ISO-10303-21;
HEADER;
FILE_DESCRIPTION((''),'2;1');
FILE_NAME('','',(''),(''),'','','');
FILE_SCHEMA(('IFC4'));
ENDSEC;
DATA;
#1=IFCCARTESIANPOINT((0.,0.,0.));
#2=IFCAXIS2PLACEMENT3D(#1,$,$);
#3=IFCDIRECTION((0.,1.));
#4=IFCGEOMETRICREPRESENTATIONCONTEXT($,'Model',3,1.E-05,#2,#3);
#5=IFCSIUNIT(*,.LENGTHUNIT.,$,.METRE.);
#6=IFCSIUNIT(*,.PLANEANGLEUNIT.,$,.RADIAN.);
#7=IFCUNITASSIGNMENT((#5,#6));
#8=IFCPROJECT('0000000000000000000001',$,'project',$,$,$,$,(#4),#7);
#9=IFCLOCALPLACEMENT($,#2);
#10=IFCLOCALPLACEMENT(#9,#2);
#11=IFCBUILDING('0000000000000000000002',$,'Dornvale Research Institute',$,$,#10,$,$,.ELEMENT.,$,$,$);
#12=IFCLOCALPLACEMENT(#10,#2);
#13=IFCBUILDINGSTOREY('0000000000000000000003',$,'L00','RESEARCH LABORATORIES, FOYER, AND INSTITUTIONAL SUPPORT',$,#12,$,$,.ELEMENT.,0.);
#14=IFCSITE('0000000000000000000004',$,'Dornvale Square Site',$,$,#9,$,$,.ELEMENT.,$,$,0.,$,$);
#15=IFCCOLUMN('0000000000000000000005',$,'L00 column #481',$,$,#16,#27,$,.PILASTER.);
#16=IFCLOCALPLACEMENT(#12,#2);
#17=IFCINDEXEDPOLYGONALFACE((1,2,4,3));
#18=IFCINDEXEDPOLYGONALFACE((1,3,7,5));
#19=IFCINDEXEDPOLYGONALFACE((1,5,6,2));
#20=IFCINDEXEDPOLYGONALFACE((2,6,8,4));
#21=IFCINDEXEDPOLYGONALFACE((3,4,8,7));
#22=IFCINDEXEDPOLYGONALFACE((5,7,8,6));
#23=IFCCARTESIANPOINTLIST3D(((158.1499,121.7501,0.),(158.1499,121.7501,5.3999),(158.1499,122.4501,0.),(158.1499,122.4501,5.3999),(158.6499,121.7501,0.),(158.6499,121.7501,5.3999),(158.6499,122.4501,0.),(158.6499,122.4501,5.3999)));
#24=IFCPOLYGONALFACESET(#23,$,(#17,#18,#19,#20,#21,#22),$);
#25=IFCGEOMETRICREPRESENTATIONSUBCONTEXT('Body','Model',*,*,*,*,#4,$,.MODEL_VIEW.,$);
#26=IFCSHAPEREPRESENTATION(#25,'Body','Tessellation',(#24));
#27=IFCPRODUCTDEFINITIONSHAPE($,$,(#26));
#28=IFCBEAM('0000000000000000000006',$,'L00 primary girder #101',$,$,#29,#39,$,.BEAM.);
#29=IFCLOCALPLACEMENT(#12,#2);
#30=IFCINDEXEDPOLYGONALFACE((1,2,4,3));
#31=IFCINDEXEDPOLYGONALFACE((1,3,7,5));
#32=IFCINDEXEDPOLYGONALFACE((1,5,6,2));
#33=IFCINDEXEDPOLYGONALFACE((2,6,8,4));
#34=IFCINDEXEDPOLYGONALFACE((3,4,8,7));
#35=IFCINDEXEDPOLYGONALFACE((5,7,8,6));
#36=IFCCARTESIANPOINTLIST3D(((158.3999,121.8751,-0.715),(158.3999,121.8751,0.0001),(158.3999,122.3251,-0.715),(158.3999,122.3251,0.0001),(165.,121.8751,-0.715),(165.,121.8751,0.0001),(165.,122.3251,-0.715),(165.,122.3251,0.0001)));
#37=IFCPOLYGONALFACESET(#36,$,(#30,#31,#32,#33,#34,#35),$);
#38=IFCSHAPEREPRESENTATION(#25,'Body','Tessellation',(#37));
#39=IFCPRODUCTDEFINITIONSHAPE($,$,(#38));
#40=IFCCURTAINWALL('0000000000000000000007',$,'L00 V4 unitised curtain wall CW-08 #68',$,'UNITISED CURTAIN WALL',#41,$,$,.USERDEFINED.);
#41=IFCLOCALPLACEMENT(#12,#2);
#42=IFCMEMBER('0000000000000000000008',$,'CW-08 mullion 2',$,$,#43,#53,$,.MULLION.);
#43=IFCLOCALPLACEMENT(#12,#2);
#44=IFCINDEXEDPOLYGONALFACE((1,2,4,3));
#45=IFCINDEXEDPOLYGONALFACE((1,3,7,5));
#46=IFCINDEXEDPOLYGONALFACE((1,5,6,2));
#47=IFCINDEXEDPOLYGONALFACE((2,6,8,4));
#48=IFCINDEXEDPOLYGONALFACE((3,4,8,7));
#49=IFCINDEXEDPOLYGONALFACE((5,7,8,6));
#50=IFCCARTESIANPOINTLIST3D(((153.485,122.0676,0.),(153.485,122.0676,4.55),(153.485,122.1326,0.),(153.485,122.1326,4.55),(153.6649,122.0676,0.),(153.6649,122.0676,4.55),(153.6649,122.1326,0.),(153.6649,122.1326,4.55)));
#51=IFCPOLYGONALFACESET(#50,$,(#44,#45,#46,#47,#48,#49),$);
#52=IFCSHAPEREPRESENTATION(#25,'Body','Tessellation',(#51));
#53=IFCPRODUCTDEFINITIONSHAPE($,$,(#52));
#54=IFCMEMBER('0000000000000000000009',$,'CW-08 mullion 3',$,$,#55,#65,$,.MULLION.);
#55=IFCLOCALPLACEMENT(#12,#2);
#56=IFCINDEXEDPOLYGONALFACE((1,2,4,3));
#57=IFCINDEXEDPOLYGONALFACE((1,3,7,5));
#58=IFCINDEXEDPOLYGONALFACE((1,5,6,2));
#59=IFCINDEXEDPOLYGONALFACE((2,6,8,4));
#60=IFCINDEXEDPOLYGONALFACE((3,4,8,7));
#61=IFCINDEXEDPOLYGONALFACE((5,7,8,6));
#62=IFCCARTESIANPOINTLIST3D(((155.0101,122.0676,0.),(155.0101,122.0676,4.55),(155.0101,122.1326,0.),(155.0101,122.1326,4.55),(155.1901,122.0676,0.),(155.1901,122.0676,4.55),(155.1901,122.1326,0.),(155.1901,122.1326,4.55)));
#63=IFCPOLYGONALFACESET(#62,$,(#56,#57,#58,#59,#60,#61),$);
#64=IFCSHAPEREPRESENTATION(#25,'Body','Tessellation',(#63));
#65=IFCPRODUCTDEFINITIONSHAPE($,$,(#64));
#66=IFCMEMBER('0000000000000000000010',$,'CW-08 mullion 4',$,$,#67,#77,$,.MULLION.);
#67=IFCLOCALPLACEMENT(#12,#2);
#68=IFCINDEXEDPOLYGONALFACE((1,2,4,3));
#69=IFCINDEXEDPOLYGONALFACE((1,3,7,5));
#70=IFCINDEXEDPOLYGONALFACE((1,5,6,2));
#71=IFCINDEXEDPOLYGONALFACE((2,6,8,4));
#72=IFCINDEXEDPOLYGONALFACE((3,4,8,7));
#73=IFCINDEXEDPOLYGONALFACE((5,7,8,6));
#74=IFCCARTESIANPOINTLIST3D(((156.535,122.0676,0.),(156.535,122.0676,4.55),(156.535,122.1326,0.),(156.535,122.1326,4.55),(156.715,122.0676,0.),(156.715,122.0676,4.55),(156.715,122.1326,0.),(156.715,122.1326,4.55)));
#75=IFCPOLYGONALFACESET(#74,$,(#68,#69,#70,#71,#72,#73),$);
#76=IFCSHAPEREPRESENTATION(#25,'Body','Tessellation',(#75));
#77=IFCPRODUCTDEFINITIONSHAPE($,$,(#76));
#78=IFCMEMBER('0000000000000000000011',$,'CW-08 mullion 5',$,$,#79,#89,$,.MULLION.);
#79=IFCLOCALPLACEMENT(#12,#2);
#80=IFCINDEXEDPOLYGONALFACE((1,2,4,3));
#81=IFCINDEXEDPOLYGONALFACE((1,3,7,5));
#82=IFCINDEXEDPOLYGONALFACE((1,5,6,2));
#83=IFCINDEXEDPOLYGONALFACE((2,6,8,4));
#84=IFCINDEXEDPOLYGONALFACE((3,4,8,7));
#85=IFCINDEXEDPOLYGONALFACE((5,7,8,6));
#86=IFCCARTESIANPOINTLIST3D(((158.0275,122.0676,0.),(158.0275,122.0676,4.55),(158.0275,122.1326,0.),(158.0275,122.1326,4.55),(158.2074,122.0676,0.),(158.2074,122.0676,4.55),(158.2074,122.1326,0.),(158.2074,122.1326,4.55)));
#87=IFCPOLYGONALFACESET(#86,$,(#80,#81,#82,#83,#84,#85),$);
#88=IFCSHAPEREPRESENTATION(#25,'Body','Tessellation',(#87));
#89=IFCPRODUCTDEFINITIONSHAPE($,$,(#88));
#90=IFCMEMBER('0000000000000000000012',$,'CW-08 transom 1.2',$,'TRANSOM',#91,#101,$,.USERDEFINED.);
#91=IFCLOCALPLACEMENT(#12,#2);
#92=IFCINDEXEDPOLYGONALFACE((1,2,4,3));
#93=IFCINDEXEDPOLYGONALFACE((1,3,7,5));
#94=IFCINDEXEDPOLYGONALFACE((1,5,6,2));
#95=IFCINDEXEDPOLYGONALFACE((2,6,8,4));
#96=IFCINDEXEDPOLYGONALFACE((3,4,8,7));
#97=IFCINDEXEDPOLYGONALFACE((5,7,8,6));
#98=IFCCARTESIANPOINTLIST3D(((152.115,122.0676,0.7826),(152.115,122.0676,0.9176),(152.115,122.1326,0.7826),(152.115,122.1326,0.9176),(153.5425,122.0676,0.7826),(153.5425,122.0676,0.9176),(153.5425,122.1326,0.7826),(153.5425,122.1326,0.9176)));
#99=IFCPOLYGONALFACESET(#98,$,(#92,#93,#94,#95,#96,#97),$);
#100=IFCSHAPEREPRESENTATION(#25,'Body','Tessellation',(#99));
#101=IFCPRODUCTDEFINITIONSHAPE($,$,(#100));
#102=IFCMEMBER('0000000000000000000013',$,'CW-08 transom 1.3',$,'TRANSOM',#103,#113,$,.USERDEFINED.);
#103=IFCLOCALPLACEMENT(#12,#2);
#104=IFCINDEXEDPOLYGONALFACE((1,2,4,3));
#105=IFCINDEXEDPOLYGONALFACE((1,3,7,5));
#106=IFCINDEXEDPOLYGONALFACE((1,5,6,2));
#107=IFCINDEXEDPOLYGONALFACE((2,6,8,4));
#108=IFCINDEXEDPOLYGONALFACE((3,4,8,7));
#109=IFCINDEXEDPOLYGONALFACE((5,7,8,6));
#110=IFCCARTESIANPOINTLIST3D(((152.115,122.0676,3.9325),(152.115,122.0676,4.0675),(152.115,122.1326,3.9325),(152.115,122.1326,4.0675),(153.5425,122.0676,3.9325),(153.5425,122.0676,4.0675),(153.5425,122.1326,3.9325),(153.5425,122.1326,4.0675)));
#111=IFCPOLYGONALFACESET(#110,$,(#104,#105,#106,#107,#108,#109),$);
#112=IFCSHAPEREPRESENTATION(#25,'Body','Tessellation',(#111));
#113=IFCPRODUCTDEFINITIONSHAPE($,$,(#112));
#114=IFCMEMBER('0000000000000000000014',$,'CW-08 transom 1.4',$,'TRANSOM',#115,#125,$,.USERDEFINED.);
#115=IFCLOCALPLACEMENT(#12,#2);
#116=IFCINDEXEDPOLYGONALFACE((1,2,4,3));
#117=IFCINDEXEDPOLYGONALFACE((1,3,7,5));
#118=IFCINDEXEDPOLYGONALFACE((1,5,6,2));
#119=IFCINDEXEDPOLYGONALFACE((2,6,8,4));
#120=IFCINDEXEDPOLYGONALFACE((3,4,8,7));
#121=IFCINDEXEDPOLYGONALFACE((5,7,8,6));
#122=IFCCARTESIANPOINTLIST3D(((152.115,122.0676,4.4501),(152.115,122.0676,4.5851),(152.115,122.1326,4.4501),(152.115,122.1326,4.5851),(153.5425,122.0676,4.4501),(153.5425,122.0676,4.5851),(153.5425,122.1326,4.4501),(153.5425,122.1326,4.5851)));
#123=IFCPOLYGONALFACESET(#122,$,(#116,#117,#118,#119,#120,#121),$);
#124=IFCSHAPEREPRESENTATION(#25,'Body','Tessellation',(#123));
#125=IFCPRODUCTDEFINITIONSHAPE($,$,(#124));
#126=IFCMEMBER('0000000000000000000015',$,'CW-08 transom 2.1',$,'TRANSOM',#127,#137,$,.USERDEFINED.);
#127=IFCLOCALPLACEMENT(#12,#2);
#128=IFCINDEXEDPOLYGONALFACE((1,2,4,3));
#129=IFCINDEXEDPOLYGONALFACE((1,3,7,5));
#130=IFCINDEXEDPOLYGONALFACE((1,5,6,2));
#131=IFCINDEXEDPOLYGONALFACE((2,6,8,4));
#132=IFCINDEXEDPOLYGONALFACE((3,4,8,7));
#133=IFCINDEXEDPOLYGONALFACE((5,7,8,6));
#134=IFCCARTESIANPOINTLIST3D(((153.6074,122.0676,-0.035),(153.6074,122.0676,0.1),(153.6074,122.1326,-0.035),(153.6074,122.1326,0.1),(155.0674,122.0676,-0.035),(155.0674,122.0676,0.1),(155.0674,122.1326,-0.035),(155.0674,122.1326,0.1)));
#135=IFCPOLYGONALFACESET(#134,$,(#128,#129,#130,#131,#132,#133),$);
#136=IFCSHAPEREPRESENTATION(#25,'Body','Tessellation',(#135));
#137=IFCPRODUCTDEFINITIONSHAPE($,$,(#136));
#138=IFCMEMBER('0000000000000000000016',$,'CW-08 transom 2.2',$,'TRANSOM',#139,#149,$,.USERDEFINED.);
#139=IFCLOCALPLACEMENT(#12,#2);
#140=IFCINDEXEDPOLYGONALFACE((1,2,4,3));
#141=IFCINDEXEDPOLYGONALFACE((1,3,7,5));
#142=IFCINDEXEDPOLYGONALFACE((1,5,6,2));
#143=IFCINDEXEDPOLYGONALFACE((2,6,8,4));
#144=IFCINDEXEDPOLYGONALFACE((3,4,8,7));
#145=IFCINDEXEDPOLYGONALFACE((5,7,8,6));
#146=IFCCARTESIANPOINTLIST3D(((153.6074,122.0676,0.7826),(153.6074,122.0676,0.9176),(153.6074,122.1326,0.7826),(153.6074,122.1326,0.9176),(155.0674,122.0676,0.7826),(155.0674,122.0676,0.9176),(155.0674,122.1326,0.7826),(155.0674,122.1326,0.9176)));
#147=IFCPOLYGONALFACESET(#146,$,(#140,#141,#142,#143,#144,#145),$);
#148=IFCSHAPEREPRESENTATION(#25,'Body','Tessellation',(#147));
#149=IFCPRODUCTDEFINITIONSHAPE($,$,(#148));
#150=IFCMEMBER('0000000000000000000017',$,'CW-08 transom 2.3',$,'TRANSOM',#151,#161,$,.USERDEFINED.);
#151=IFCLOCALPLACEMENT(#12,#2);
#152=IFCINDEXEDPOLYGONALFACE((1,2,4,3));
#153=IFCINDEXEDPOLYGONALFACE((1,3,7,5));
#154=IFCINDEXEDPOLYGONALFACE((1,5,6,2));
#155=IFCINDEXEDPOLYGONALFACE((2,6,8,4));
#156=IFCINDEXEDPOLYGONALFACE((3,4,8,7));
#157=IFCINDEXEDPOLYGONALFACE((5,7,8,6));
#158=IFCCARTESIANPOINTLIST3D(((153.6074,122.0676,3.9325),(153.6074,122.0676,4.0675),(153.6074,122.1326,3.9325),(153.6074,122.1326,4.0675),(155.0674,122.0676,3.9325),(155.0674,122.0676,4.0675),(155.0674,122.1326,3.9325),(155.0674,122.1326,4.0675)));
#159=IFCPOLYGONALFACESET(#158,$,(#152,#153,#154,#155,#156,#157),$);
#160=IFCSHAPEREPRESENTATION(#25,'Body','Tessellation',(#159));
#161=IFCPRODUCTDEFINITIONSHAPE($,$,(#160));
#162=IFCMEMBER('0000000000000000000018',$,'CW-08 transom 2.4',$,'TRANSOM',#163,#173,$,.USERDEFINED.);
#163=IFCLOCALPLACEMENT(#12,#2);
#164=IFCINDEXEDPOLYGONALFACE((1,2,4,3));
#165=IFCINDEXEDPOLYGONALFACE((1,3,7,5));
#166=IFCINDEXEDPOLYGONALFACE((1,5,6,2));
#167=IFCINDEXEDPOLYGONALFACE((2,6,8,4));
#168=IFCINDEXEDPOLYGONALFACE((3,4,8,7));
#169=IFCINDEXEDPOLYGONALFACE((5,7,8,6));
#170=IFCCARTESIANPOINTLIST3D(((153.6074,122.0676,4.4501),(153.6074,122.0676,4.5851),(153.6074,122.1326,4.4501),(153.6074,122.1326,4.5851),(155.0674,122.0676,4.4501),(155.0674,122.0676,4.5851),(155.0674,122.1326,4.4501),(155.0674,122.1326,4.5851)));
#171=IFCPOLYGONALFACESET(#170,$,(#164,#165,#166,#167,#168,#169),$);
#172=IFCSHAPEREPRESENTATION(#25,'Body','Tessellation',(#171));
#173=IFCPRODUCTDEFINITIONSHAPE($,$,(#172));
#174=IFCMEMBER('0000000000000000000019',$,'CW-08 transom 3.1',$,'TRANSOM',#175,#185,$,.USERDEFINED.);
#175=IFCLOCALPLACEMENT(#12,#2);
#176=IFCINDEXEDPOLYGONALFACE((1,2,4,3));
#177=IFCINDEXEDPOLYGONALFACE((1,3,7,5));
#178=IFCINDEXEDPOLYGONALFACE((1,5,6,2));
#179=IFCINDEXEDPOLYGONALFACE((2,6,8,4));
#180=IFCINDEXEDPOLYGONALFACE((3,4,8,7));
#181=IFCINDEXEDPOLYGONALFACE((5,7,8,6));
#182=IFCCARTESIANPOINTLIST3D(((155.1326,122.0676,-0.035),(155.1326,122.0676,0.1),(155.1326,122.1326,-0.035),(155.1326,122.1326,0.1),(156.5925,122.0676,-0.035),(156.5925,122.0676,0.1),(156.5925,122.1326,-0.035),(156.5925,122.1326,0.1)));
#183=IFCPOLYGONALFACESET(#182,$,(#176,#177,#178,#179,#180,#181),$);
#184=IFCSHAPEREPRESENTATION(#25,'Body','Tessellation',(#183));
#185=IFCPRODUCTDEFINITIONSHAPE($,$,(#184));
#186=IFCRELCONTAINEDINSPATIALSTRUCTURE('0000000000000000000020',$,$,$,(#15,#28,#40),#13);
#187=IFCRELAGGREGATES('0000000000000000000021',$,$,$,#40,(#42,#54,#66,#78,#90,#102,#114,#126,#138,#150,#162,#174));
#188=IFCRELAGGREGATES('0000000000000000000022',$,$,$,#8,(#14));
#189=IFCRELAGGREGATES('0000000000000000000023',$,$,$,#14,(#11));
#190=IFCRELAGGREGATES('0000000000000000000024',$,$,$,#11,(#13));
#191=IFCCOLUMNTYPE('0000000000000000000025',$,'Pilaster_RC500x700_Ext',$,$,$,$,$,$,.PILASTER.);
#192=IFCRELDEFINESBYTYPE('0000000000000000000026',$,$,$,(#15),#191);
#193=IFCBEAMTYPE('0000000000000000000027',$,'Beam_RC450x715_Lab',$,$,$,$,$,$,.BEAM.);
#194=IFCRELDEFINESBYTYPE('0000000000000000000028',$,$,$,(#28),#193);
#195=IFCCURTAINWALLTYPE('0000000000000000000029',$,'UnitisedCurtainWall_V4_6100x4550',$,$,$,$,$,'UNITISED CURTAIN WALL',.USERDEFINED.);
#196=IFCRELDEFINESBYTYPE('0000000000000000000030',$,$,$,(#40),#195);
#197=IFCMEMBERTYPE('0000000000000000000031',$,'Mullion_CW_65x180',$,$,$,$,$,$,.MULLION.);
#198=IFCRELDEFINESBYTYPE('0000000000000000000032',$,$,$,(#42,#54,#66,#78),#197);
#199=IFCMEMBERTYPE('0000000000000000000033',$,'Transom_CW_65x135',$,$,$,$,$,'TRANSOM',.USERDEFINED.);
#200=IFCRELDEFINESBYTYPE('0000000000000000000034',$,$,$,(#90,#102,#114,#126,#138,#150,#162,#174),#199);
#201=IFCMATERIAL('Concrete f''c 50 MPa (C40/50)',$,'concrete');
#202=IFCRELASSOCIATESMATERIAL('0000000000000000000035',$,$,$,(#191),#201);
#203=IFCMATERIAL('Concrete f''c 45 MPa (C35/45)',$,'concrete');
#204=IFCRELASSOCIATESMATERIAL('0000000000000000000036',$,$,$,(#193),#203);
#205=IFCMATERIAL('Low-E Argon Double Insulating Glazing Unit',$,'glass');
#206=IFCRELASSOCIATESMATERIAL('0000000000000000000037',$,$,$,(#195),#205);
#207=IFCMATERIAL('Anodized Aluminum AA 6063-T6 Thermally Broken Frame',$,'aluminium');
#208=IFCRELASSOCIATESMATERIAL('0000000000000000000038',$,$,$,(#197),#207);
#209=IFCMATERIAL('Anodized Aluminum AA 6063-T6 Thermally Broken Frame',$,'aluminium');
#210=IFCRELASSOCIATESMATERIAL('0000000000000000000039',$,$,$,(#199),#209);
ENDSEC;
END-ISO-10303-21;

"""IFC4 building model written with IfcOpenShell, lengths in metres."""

from ifc_helpers import new_model, si_unit, direction, frame, origin, origin_2d, place, context, subcontext, project, spatial, rectangle, extrude, material, material_profile, profile_set, type_object, element, aggregate, save


model = new_model("IFC4")

# Units and contexts
model_context = context("Model", 3, precision=1e-05, world=origin(), true_north=direction((0.0, 1.0)))
body_context = subcontext(model_context, "Body", "Model", "MODEL_VIEW")
ifc_project = project(units=[si_unit("LENGTHUNIT", "METRE"), si_unit("PLANEANGLEUNIT", "RADIAN")], contexts=[model_context])

# Site, building, storey
site_placement = place(None, origin())
site = spatial("IfcSite", under=ifc_project, at=site_placement, Name="Dornvale Square Site", CompositionType="ELEMENT", RefElevation=0.0)
building_placement = place(site_placement, origin())
building = spatial("IfcBuilding", under=site, at=building_placement, Name="Dornvale Research Institute", CompositionType="ELEMENT")
storey_placement = place(building_placement, origin())
storey = spatial("IfcBuildingStorey", under=building, at=storey_placement, Name="L00", Description="RESEARCH LABORATORIES, FOYER, AND INSTITUTIONAL SUPPORT", CompositionType="ELEMENT", Elevation=0.0)

# Column
ifc_material_1 = material(Name="Concrete f'c 50 MPa (C40/50)", Category="concrete")
ifc_material_profile_1 = material_profile(ifc_material_1, rectangle(XDim=0.5, YDim=0.7, at=origin_2d()), Name="RC 500x700")
ifc_profile_set_1 = profile_set([ifc_material_profile_1], Name="Concrete f'c 50 MPa (C40/50)")
column_type = type_object("IfcColumnType", Name="Pilaster_RC500x700_Ext", PredefinedType="PILASTER", material=ifc_profile_set_1)
column_placement = place(storey_placement, frame((158.3999, 122.1001, 0.0), z_axis=(0.0, 0.0, 1.0), x_axis=(1.0, 0.0, 0.0)))
element("IfcColumn", 1, at=column_placement, inside=storey, type_object=column_type, Name="L00 column #481", PredefinedType="PILASTER", context=body_context, shape_type="SweptSolid", body=[
    extrude(rectangle(XDim=0.5, YDim=0.7, at=origin_2d()), origin(), (0.0, 0.0, 1.0), 5.3999),
])

# Beam
ifc_material_2 = material(Name="Concrete f'c 45 MPa (C35/45)", Category="concrete")
ifc_material_profile_2 = material_profile(ifc_material_2, rectangle(XDim=0.45, YDim=0.7151, at=origin_2d()), Name="RC 450x715")
ifc_profile_set_2 = profile_set([ifc_material_profile_2], Name="Concrete f'c 45 MPa (C35/45)")
beam_type = type_object("IfcBeamType", Name="Beam_RC450x715_Lab", PredefinedType="BEAM", material=ifc_profile_set_2)
beam_placement = place(storey_placement, frame((158.3999, 122.1001, -0.3574), z_axis=(1.0, 0.0, 0.0), x_axis=(0.0, 1.0, 0.0)))
element("IfcBeam", 2, at=beam_placement, inside=storey, type_object=beam_type, Name="L00 primary girder #101", PredefinedType="BEAM", context=body_context, shape_type="SweptSolid", body=[
    extrude(rectangle(XDim=0.45, YDim=0.7151, at=origin_2d()), origin(), (0.0, 0.0, 1.0), 6.6001),
])

# Curtain wall, members
ifc_material_3 = material(Name="Low-E Argon Double Insulating Glazing Unit", Category="glass")
curtain_wall_type = type_object("IfcCurtainWallType", Name="UnitisedCurtainWall_V4_6100x4550", ElementType="UNITISED CURTAIN WALL", PredefinedType="USERDEFINED", material=ifc_material_3)
curtain_wall_placement = place(storey_placement, origin())
curtain_wall = element("IfcCurtainWall", 3, at=curtain_wall_placement, inside=storey, type_object=curtain_wall_type, Name="L00 V4 unitised curtain wall CW-08 #68", ObjectType="UNITISED CURTAIN WALL", PredefinedType="USERDEFINED")
ifc_material_4 = material(Name="Anodized Aluminum AA 6063-T6 Thermally Broken Frame", Category="aluminium")
ifc_material_profile_3 = material_profile(ifc_material_4, rectangle(XDim=0.0649, YDim=0.1799, at=origin_2d()), Name="ALU MULLION 65x180")
ifc_profile_set_3 = profile_set([ifc_material_profile_3], Name="Anodized Aluminum AA 6063-T6 Thermally Broken Frame")
member_type_1 = type_object("IfcMemberType", Name="Mullion_CW_65x180", PredefinedType="MULLION", material=ifc_profile_set_3)
member_1_placement = place(storey_placement, frame((153.575, 122.1001, 0.0), z_axis=(0.0, 0.0, 1.0), x_axis=(0.0, 1.0, 0.0)))
member_1 = element("IfcMember", 4, at=member_1_placement, type_object=member_type_1, Name="CW-08 mullion 2", PredefinedType="MULLION", context=body_context, shape_type="SweptSolid", body=[
    extrude(rectangle(XDim=0.0649, YDim=0.1799, at=origin_2d()), origin(), (0.0, 0.0, 1.0), 4.55),
])
member_2_placement = place(storey_placement, frame((155.1001, 122.1001, 0.0), z_axis=(0.0, 0.0, 1.0), x_axis=(0.0, 1.0, 0.0)))
member_2 = element("IfcMember", 5, at=member_2_placement, type_object=member_type_1, Name="CW-08 mullion 3", PredefinedType="MULLION", context=body_context, shape_type="SweptSolid", body=[
    extrude(rectangle(XDim=0.0649, YDim=0.1799, at=origin_2d()), origin(), (0.0, 0.0, 1.0), 4.55),
])
member_3_placement = place(storey_placement, frame((156.625, 122.1001, 0.0), z_axis=(0.0, 0.0, 1.0), x_axis=(0.0, 1.0, 0.0)))
member_3 = element("IfcMember", 6, at=member_3_placement, type_object=member_type_1, Name="CW-08 mullion 4", PredefinedType="MULLION", context=body_context, shape_type="SweptSolid", body=[
    extrude(rectangle(XDim=0.0649, YDim=0.1799, at=origin_2d()), origin(), (0.0, 0.0, 1.0), 4.55),
])
member_4_placement = place(storey_placement, frame((158.1174, 122.1001, 0.0), z_axis=(0.0, 0.0, 1.0), x_axis=(0.0, 1.0, 0.0)))
member_4 = element("IfcMember", 7, at=member_4_placement, type_object=member_type_1, Name="CW-08 mullion 5", PredefinedType="MULLION", context=body_context, shape_type="SweptSolid", body=[
    extrude(rectangle(XDim=0.0649, YDim=0.1799, at=origin_2d()), origin(), (0.0, 0.0, 1.0), 4.55),
])
ifc_material_5 = material(Name="Anodized Aluminum AA 6063-T6 Thermally Broken Frame", Category="aluminium")
ifc_material_profile_4 = material_profile(ifc_material_5, rectangle(XDim=0.0649, YDim=0.135, at=origin_2d()), Name="ALU TRANSOM 65x135")
ifc_profile_set_4 = profile_set([ifc_material_profile_4], Name="Anodized Aluminum AA 6063-T6 Thermally Broken Frame")
member_type_2 = type_object("IfcMemberType", Name="Transom_CW_65x135", ElementType="TRANSOM", PredefinedType="USERDEFINED", material=ifc_profile_set_4)
member_5_placement = place(storey_placement, frame((152.115, 122.1001, 0.8501), z_axis=(1.0, 0.0, 0.0), x_axis=(0.0, 1.0, 0.0)))
member_5 = element("IfcMember", 8, at=member_5_placement, type_object=member_type_2, Name="CW-08 transom 1.2", ObjectType="TRANSOM", PredefinedType="USERDEFINED", context=body_context, shape_type="SweptSolid", body=[
    extrude(rectangle(XDim=0.0649, YDim=0.135, at=origin_2d()), origin(), (0.0, 0.0, 1.0), 1.4275),
])
member_6_placement = place(storey_placement, frame((152.115, 122.1001, 4.0), z_axis=(1.0, 0.0, 0.0), x_axis=(0.0, 1.0, 0.0)))
member_6 = element("IfcMember", 9, at=member_6_placement, type_object=member_type_2, Name="CW-08 transom 1.3", ObjectType="TRANSOM", PredefinedType="USERDEFINED", context=body_context, shape_type="SweptSolid", body=[
    extrude(rectangle(XDim=0.0649, YDim=0.135, at=origin_2d()), origin(), (0.0, 0.0, 1.0), 1.4275),
])
member_7_placement = place(storey_placement, frame((152.115, 122.1001, 4.5176), z_axis=(1.0, 0.0, 0.0), x_axis=(0.0, 1.0, 0.0)))
member_7 = element("IfcMember", 10, at=member_7_placement, type_object=member_type_2, Name="CW-08 transom 1.4", ObjectType="TRANSOM", PredefinedType="USERDEFINED", context=body_context, shape_type="SweptSolid", body=[
    extrude(rectangle(XDim=0.0649, YDim=0.135, at=origin_2d()), origin(), (0.0, 0.0, 1.0), 1.4275),
])
member_8_placement = place(storey_placement, frame((153.6074, 122.1001, 0.0325), z_axis=(1.0, 0.0, 0.0), x_axis=(0.0, 1.0, 0.0)))
member_8 = element("IfcMember", 11, at=member_8_placement, type_object=member_type_2, Name="CW-08 transom 2.1", ObjectType="TRANSOM", PredefinedType="USERDEFINED", context=body_context, shape_type="SweptSolid", body=[
    extrude(rectangle(XDim=0.0649, YDim=0.135, at=origin_2d()), origin(), (0.0, 0.0, 1.0), 1.46),
])
member_9_placement = place(storey_placement, frame((153.6074, 122.1001, 0.8501), z_axis=(1.0, 0.0, 0.0), x_axis=(0.0, 1.0, 0.0)))
member_9 = element("IfcMember", 12, at=member_9_placement, type_object=member_type_2, Name="CW-08 transom 2.2", ObjectType="TRANSOM", PredefinedType="USERDEFINED", context=body_context, shape_type="SweptSolid", body=[
    extrude(rectangle(XDim=0.0649, YDim=0.135, at=origin_2d()), origin(), (0.0, 0.0, 1.0), 1.46),
])
member_10_placement = place(storey_placement, frame((153.6074, 122.1001, 4.0), z_axis=(1.0, 0.0, 0.0), x_axis=(0.0, 1.0, 0.0)))
member_10 = element("IfcMember", 13, at=member_10_placement, type_object=member_type_2, Name="CW-08 transom 2.3", ObjectType="TRANSOM", PredefinedType="USERDEFINED", context=body_context, shape_type="SweptSolid", body=[
    extrude(rectangle(XDim=0.0649, YDim=0.135, at=origin_2d()), origin(), (0.0, 0.0, 1.0), 1.46),
])
member_11_placement = place(storey_placement, frame((153.6074, 122.1001, 4.5176), z_axis=(1.0, 0.0, 0.0), x_axis=(0.0, 1.0, 0.0)))
member_11 = element("IfcMember", 14, at=member_11_placement, type_object=member_type_2, Name="CW-08 transom 2.4", ObjectType="TRANSOM", PredefinedType="USERDEFINED", context=body_context, shape_type="SweptSolid", body=[
    extrude(rectangle(XDim=0.0649, YDim=0.135, at=origin_2d()), origin(), (0.0, 0.0, 1.0), 1.46),
])
member_12_placement = place(storey_placement, frame((155.1326, 122.1001, 0.0325), z_axis=(1.0, 0.0, 0.0), x_axis=(0.0, 1.0, 0.0)))
member_12 = element("IfcMember", 15, at=member_12_placement, type_object=member_type_2, Name="CW-08 transom 3.1", ObjectType="TRANSOM", PredefinedType="USERDEFINED", context=body_context, shape_type="SweptSolid", body=[
    extrude(rectangle(XDim=0.0649, YDim=0.135, at=origin_2d()), origin(), (0.0, 0.0, 1.0), 1.46),
])
aggregate(curtain_wall, [member_1, member_2, member_3, member_4, member_5, member_6, member_7, member_8, member_9, member_10, member_11, member_12])

save(model, "model.ifc")
